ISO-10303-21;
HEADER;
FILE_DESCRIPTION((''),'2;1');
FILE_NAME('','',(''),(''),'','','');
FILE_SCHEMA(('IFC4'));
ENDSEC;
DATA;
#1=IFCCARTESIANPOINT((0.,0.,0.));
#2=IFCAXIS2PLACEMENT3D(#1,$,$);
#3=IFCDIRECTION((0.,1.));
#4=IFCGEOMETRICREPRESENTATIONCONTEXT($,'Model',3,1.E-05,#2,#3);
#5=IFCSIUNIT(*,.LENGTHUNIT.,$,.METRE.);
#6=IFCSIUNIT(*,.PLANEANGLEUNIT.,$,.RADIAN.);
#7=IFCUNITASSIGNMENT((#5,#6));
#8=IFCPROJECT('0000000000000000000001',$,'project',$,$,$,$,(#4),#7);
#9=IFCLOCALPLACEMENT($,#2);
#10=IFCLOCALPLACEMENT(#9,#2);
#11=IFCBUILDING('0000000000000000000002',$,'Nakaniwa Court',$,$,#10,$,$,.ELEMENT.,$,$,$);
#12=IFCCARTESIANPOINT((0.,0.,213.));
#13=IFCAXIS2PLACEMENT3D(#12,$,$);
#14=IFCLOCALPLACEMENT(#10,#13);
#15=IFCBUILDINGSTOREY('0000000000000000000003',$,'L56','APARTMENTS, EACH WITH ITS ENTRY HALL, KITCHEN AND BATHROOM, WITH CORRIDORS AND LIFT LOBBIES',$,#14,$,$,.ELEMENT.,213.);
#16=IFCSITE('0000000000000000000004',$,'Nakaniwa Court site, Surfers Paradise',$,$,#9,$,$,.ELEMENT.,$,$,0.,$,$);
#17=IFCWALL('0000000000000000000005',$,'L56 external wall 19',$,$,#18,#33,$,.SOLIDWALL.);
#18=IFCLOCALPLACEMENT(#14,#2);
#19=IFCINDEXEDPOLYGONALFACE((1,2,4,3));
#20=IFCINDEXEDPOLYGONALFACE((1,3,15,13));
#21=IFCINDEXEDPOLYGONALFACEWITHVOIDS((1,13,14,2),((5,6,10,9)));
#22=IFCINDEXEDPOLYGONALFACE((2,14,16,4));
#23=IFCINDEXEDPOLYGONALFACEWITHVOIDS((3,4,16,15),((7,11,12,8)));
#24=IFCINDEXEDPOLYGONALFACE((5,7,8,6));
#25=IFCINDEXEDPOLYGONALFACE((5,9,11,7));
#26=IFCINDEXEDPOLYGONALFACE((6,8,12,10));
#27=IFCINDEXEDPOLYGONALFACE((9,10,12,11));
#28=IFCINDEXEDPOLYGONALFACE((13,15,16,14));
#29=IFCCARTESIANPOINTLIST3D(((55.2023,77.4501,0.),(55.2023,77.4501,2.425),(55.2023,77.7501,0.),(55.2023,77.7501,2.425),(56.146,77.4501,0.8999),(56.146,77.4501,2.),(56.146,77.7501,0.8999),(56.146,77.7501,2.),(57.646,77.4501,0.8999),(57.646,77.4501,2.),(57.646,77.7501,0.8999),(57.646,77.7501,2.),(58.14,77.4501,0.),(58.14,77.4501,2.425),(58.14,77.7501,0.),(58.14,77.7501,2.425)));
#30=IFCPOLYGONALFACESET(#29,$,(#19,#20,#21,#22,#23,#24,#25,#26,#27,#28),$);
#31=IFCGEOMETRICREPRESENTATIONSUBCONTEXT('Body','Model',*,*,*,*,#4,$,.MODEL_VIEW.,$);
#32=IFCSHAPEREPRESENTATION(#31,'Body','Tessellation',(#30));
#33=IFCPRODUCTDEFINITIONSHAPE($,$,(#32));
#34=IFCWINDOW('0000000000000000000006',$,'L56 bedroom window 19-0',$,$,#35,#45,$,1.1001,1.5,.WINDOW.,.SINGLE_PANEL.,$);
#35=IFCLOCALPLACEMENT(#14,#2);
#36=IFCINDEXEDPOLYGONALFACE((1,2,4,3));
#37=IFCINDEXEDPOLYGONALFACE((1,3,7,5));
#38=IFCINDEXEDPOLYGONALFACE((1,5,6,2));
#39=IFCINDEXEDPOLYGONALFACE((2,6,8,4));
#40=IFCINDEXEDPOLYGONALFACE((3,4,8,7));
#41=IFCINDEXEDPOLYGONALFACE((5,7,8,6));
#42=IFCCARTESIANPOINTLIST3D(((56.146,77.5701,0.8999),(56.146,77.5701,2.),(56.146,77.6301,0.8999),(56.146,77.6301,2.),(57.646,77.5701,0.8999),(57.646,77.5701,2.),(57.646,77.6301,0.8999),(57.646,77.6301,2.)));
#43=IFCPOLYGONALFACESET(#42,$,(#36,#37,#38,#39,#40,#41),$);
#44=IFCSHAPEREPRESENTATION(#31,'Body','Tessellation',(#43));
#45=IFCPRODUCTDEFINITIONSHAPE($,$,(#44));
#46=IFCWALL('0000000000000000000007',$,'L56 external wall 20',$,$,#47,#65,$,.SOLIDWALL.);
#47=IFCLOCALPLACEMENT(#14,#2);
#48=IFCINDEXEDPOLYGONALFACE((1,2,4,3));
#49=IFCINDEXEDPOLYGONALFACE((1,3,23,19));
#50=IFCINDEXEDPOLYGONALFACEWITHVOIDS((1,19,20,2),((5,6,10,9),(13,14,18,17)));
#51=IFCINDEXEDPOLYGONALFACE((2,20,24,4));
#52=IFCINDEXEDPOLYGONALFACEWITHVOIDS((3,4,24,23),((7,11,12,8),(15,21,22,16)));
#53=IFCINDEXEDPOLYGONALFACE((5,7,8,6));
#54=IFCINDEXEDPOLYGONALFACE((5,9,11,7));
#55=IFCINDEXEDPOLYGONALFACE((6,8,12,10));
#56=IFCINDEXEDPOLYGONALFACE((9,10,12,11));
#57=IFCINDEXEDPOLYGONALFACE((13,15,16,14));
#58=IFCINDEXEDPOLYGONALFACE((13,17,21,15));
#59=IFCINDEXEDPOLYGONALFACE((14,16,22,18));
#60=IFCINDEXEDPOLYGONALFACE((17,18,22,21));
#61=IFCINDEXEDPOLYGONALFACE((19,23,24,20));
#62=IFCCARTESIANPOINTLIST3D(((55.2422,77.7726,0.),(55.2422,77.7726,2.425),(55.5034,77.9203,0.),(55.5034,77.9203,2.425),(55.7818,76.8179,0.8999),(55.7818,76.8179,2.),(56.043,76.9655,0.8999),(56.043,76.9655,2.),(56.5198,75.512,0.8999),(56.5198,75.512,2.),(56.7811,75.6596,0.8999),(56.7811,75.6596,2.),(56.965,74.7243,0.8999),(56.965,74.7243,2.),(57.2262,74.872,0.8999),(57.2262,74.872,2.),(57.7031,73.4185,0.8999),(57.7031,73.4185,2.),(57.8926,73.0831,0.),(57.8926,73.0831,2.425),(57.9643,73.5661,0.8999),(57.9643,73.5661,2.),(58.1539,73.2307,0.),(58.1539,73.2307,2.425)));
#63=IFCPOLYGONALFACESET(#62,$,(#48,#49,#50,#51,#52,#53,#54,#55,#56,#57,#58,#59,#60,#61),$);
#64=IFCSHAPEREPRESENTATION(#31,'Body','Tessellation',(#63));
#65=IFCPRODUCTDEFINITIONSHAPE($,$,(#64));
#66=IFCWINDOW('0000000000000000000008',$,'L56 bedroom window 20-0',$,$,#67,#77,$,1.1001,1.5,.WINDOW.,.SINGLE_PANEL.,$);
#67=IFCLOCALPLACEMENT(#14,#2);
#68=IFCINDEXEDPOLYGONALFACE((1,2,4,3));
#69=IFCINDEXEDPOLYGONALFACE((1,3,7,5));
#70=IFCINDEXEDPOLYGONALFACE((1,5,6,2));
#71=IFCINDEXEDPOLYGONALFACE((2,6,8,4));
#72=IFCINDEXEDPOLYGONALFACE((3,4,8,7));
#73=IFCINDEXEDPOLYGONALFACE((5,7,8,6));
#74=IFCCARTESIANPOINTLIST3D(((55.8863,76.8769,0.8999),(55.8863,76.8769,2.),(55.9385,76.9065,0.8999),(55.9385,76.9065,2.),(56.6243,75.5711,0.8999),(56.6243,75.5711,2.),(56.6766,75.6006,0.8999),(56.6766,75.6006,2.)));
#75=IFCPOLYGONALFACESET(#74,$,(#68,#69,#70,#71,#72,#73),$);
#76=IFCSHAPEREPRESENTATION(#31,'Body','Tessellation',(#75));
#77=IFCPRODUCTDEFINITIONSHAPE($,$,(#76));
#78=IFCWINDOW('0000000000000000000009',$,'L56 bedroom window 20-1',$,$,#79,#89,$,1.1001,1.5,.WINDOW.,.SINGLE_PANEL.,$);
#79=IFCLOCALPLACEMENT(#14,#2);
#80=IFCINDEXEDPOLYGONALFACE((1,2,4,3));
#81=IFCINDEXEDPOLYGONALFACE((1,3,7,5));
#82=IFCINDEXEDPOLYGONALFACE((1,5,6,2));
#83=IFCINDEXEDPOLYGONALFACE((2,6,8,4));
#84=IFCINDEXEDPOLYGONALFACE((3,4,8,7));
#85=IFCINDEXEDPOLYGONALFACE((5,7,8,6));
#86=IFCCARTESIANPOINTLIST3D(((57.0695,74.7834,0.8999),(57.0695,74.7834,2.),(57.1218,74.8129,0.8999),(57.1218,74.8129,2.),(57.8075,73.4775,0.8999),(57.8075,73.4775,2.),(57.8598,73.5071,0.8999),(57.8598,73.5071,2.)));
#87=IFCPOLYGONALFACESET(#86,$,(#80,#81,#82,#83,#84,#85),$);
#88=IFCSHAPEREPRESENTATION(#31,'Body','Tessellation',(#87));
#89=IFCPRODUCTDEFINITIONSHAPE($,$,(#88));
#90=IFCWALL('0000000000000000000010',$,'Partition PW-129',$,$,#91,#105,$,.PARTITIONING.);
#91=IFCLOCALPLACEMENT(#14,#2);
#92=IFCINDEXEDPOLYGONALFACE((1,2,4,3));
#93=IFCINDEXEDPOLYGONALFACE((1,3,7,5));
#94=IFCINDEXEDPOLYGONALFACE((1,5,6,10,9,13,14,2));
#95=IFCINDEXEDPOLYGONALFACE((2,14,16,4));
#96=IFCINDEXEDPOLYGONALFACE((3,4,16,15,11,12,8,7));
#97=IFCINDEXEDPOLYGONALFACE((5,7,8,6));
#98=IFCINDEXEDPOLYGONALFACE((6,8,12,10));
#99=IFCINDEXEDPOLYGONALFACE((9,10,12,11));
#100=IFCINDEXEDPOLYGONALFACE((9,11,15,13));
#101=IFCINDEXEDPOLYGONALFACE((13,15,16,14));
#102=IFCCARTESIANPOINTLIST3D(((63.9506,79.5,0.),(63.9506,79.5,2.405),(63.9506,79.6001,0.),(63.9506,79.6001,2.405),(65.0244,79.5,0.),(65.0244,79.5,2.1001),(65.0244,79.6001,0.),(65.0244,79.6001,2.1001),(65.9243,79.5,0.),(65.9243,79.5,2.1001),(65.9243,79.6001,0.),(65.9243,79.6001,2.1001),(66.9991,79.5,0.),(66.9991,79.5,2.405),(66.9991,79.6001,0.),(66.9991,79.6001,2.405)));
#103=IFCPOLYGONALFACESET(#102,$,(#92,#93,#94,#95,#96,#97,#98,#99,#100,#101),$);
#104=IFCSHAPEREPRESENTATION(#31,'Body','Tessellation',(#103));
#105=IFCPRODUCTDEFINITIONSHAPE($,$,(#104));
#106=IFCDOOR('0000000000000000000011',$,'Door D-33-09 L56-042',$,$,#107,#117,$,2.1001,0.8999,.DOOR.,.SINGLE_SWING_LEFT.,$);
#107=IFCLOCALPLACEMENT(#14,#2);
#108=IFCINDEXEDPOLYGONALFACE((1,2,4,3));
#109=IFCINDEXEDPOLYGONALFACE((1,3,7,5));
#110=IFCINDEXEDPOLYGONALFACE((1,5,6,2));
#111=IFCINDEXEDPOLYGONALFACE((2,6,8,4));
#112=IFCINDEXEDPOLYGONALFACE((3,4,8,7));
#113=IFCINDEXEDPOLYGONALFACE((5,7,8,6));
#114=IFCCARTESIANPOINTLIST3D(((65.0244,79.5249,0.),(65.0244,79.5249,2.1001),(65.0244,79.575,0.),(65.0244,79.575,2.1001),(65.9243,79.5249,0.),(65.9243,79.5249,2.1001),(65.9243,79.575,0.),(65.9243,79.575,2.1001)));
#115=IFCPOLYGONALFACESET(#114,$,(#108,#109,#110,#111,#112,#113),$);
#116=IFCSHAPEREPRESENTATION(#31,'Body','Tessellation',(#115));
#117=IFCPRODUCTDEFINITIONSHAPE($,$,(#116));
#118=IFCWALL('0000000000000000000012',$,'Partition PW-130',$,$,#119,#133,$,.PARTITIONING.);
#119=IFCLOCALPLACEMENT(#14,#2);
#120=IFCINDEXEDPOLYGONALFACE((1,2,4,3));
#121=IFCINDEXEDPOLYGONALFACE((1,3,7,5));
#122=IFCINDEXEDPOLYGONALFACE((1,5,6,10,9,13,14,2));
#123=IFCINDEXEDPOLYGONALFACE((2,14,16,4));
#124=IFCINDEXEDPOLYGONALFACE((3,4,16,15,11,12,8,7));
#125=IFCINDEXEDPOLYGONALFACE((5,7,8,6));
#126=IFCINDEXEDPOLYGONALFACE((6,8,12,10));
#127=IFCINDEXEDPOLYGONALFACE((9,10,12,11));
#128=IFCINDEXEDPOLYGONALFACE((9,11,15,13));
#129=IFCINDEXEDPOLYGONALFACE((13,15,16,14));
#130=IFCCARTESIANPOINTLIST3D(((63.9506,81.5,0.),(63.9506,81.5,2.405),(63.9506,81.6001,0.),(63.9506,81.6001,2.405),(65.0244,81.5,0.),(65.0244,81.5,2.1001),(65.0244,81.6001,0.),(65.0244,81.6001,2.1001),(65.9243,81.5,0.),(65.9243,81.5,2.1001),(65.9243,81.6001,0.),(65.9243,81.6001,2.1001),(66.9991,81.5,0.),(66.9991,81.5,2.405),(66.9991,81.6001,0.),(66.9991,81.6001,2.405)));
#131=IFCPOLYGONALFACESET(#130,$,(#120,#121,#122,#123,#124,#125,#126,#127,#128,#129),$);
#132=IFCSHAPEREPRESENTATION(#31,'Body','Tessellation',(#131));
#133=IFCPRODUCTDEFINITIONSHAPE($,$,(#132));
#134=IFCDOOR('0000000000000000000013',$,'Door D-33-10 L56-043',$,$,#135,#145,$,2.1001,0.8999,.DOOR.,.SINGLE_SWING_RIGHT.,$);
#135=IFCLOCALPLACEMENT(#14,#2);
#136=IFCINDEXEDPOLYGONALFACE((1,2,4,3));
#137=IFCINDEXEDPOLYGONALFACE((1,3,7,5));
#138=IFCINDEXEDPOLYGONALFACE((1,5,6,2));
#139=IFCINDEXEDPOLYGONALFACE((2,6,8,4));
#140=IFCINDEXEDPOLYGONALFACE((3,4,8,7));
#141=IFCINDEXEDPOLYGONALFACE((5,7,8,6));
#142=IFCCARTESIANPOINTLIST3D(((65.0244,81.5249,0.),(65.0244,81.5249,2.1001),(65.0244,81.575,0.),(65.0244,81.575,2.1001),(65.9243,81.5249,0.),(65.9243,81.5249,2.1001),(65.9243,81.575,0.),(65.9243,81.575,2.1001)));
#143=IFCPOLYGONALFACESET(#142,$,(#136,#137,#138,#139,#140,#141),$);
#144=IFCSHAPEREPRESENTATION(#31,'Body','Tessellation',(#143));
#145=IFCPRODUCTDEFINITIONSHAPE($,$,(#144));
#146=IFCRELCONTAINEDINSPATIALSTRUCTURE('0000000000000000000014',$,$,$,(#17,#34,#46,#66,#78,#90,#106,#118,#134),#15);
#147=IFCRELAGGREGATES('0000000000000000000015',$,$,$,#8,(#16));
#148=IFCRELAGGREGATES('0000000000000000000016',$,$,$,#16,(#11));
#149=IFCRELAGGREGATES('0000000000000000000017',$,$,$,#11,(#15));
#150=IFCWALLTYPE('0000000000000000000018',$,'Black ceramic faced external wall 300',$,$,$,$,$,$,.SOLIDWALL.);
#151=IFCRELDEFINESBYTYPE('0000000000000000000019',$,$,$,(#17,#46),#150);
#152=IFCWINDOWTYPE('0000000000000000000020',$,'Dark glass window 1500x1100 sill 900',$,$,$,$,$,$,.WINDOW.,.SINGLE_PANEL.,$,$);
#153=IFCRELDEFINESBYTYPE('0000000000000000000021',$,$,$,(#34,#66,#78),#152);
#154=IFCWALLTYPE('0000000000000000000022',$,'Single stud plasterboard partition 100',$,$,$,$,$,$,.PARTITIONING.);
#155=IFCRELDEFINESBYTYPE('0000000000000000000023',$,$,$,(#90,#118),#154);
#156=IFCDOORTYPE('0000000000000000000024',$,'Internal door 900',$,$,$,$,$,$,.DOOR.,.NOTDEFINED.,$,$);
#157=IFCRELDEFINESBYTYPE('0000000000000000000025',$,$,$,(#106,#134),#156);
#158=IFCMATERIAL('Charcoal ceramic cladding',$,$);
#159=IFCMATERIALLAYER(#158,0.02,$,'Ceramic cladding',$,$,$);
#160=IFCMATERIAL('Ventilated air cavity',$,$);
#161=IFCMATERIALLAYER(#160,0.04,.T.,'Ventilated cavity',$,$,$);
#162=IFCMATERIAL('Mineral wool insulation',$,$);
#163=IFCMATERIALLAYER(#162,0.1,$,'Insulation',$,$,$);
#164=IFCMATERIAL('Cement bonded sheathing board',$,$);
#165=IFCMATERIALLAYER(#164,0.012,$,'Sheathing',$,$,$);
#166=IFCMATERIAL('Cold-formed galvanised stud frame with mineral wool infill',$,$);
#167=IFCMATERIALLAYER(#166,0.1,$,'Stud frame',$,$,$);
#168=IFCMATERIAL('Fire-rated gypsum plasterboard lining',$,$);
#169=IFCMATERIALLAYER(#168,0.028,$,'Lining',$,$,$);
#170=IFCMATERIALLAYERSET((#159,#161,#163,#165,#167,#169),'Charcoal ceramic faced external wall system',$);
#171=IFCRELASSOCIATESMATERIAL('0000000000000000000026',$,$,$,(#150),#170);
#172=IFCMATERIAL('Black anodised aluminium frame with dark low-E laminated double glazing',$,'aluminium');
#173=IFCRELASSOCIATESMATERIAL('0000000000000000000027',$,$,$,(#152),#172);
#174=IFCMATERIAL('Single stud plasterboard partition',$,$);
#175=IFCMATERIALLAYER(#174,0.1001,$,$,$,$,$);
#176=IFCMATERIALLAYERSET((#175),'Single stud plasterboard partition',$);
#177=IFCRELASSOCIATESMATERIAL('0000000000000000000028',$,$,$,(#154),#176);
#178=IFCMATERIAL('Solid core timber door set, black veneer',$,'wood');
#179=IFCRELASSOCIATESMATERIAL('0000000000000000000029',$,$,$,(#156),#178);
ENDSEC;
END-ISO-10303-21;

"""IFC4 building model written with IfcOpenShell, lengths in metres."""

from ifc_helpers import new_model, si_unit, direction, frame, frame_2d, origin, place, context, subcontext, project, spatial, rectangle, extrude, material, layer, layer_set, type_object, element, fill, save


model = new_model("IFC4")

# Units and contexts
model_context = context("Model", 3, precision=1e-05, world=origin(), true_north=direction((0.0, 1.0)))
body_context = subcontext(model_context, "Body", "Model", "MODEL_VIEW")
ifc_project = project(units=[si_unit("LENGTHUNIT", "METRE"), si_unit("PLANEANGLEUNIT", "RADIAN")], contexts=[model_context])

# Site, building, storey
site_placement = place(None, origin())
site = spatial("IfcSite", under=ifc_project, at=site_placement, Name="Nakaniwa Court site, Surfers Paradise", CompositionType="ELEMENT", RefElevation=0.0)
building_placement = place(site_placement, origin())
building = spatial("IfcBuilding", under=site, at=building_placement, Name="Nakaniwa Court", CompositionType="ELEMENT")
storey_placement = place(building_placement, frame((0.0, 0.0, 213.0)))
storey = spatial("IfcBuildingStorey", under=building, at=storey_placement, Name="L56", Description="APARTMENTS, EACH WITH ITS ENTRY HALL, KITCHEN AND BATHROOM, WITH CORRIDORS AND LIFT LOBBIES", CompositionType="ELEMENT", Elevation=213.0)

# Wall, opening, window
ifc_material_1 = material(Name="Charcoal ceramic cladding")
ifc_layer_1 = layer(ifc_material_1, 0.02, Name="Ceramic cladding")
ifc_material_2 = material(Name="Ventilated air cavity")
ifc_layer_2 = layer(ifc_material_2, 0.04, ventilated=True, Name="Ventilated cavity")
ifc_material_3 = material(Name="Mineral wool insulation")
ifc_layer_3 = layer(ifc_material_3, 0.1, Name="Insulation")
ifc_material_4 = material(Name="Cement bonded sheathing board")
ifc_layer_4 = layer(ifc_material_4, 0.012, Name="Sheathing")
ifc_material_5 = material(Name="Cold-formed galvanised stud frame with mineral wool infill")
ifc_layer_5 = layer(ifc_material_5, 0.1, Name="Stud frame")
ifc_material_6 = material(Name="Fire-rated gypsum plasterboard lining")
ifc_layer_6 = layer(ifc_material_6, 0.028, Name="Lining")
ifc_layer_set_1 = layer_set([ifc_layer_1, ifc_layer_2, ifc_layer_3, ifc_layer_4, ifc_layer_5, ifc_layer_6], Name="Charcoal ceramic faced external wall system")
wall_type_1 = type_object("IfcWallType", Name="Black ceramic faced external wall 300", PredefinedType="SOLIDWALL", material=ifc_layer_set_1)
ifc_material_7 = material(Name="Black anodised aluminium frame with dark low-E laminated double glazing", Category="aluminium")
window_type_1 = type_object("IfcWindowType", Name="Dark glass window 1500x1100 sill 900", PartitioningType="SINGLE_PANEL", PredefinedType="WINDOW", material=ifc_material_7)
wall_1_placement = place(storey_placement, frame((58.1399, 77.6001, 0.0), z_axis=(0.0, 0.0, 1.0), x_axis=(-1.0, 0.0, 0.0)))
wall_1 = element("IfcWall", 1, at=wall_1_placement, inside=storey, type_object=wall_type_1, Name="L56 external wall 19", PredefinedType="SOLIDWALL", context=body_context, shape_type="SweptSolid", body=[
    extrude(rectangle(XDim=2.9377, YDim=0.3, at=frame_2d((1.4688, 0.0))), origin(), (0.0, 0.0, 1.0), 2.425),
])
opening_1_placement = place(wall_1_placement, frame((0.4939, 0.0, 0.8999)))
opening_1 = element("IfcOpeningElement", 2, at=opening_1_placement, cuts=wall_1, PredefinedType="OPENING", context=body_context, shape_type="SweptSolid", body=[
    extrude(rectangle(XDim=1.5, YDim=1.1001, at=frame_2d((0.75, 0.55))), frame((0.0, 0.1599, 0.0), z_axis=(0.0, -1.0, 0.0), x_axis=(1.0, 0.0, 0.0)), (0.0, 0.0, 1.0), 0.3201),
])
window_1_placement = place(opening_1_placement, origin())
window_1 = element("IfcWindow", 3, at=window_1_placement, inside=storey, type_object=window_type_1, Name="L56 bedroom window 19-0", OverallHeight=1.1001, OverallWidth=1.5, PartitioningType="SINGLE_PANEL", PredefinedType="WINDOW", context=body_context, shape_type="SweptSolid", body=[
    extrude(rectangle(XDim=1.5, YDim=1.1001, at=frame_2d((0.75, 0.55))), frame((0.0, 0.03, 0.0), z_axis=(0.0, -1.0, 0.0), x_axis=(1.0, 0.0, 0.0)), (0.0, 0.0, 1.0), 0.0601),
])
fill(opening_1, window_1)

# Wall, openings, windows
wall_2_placement = place(storey_placement, frame((55.3728, 77.8464, 0.0), z_axis=(0.0, 0.0, 1.0), x_axis=(0.492033, -0.870576, 0.0)))
wall_2 = element("IfcWall", 4, at=wall_2_placement, inside=storey, type_object=wall_type_1, Name="L56 external wall 20", PredefinedType="SOLIDWALL", context=body_context, shape_type="SweptSolid", body=[
    extrude(rectangle(XDim=5.3867, YDim=0.3, at=frame_2d((2.6934, 0.0))), origin(), (0.0, 0.0, 1.0), 2.425),
])
opening_2_placement = place(wall_2_placement, frame((1.0967, 0.0, 0.8999)))
opening_2 = element("IfcOpeningElement", 5, at=opening_2_placement, cuts=wall_2, PredefinedType="OPENING", context=body_context, shape_type="SweptSolid", body=[
    extrude(rectangle(XDim=1.5, YDim=1.1001, at=frame_2d((0.75, 0.55))), frame((0.0, 0.1599, 0.0), z_axis=(0.0, -1.0, 0.0), x_axis=(1.0, 0.0, 0.0)), (0.0, 0.0, 1.0), 0.3201),
])
opening_3_placement = place(wall_2_placement, frame((3.5015, 0.0, 0.8999)))
opening_3 = element("IfcOpeningElement", 6, at=opening_3_placement, cuts=wall_2, PredefinedType="OPENING", context=body_context, shape_type="SweptSolid", body=[
    extrude(rectangle(XDim=1.5, YDim=1.1001, at=frame_2d((0.75, 0.55))), frame((0.0, 0.1599, 0.0), z_axis=(0.0, -1.0, 0.0), x_axis=(1.0, 0.0, 0.0)), (0.0, 0.0, 1.0), 0.3201),
])
window_2_placement = place(opening_2_placement, origin())
window_2 = element("IfcWindow", 7, at=window_2_placement, inside=storey, type_object=window_type_1, Name="L56 bedroom window 20-0", OverallHeight=1.1001, OverallWidth=1.5, PartitioningType="SINGLE_PANEL", PredefinedType="WINDOW", context=body_context, shape_type="SweptSolid", body=[
    extrude(rectangle(XDim=1.5, YDim=1.1001, at=frame_2d((0.75, 0.55))), frame((0.0, 0.03, 0.0), z_axis=(0.0, -1.0, 0.0), x_axis=(1.0, 0.0, 0.0)), (0.0, 0.0, 1.0), 0.0601),
])
fill(opening_2, window_2)
window_3_placement = place(opening_3_placement, origin())
window_3 = element("IfcWindow", 8, at=window_3_placement, inside=storey, type_object=window_type_1, Name="L56 bedroom window 20-1", OverallHeight=1.1001, OverallWidth=1.5, PartitioningType="SINGLE_PANEL", PredefinedType="WINDOW", context=body_context, shape_type="SweptSolid", body=[
    extrude(rectangle(XDim=1.5, YDim=1.1001, at=frame_2d((0.75, 0.55))), frame((0.0, 0.03, 0.0), z_axis=(0.0, -1.0, 0.0), x_axis=(1.0, 0.0, 0.0)), (0.0, 0.0, 1.0), 0.0601),
])
fill(opening_3, window_3)

# Walls, openings, doors
ifc_material_8 = material(Name="Single stud plasterboard partition")
ifc_layer_7 = layer(ifc_material_8, 0.1001)
ifc_layer_set_2 = layer_set([ifc_layer_7], Name="Single stud plasterboard partition")
wall_type_2 = type_object("IfcWallType", Name="Single stud plasterboard partition 100", PredefinedType="PARTITIONING", material=ifc_layer_set_2)
wall_3_placement = place(storey_placement, frame((63.9504, 79.55, 0.0), z_axis=(0.0, 0.0, 1.0), x_axis=(1.0, 0.0, 0.0)))
wall_3 = element("IfcWall", 9, at=wall_3_placement, inside=storey, type_object=wall_type_2, Name="Partition PW-129", PredefinedType="PARTITIONING", context=body_context, shape_type="SweptSolid", body=[
    extrude(rectangle(XDim=3.0486, YDim=0.1001, at=frame_2d((1.5244, 0.0))), origin(), (0.0, 0.0, 1.0), 2.405),
])
opening_4_placement = place(wall_3_placement, frame((1.074, 0.0, 0.0)))
opening_4 = element("IfcOpeningElement", 10, at=opening_4_placement, cuts=wall_3, PredefinedType="OPENING", context=body_context, shape_type="SweptSolid", body=[
    extrude(rectangle(XDim=0.8999, YDim=2.1001, at=frame_2d((0.45, 1.05))), frame((0.0, 0.0601, 0.0), z_axis=(0.0, -1.0, 0.0), x_axis=(1.0, 0.0, 0.0)), (0.0, 0.0, 1.0), 0.1201),
])
ifc_material_9 = material(Name="Solid core timber door set, black veneer", Category="wood")
door_type = type_object("IfcDoorType", Name="Internal door 900", OperationType="NOTDEFINED", PredefinedType="DOOR", material=ifc_material_9)
door_1_placement = place(opening_4_placement, origin())
door_1 = element("IfcDoor", 11, at=door_1_placement, inside=storey, type_object=door_type, Name="Door D-33-09 L56-042", OperationType="SINGLE_SWING_LEFT", OverallHeight=2.1001, OverallWidth=0.8999, PredefinedType="DOOR", context=body_context, shape_type="SweptSolid", body=[
    extrude(rectangle(XDim=0.8999, YDim=2.1001, at=frame_2d((0.45, 1.05))), frame((0.0, 0.0249, 0.0), z_axis=(0.0, -1.0, 0.0), x_axis=(1.0, 0.0, 0.0)), (0.0, 0.0, 1.0), 0.05),
])
fill(opening_4, door_1)
wall_4_placement = place(storey_placement, frame((63.9504, 81.55, 0.0), z_axis=(0.0, 0.0, 1.0), x_axis=(1.0, 0.0, 0.0)))
wall_4 = element("IfcWall", 12, at=wall_4_placement, inside=storey, type_object=wall_type_2, Name="Partition PW-130", PredefinedType="PARTITIONING", context=body_context, shape_type="SweptSolid", body=[
    extrude(rectangle(XDim=3.0486, YDim=0.1001, at=frame_2d((1.5244, 0.0))), origin(), (0.0, 0.0, 1.0), 2.405),
])
opening_5_placement = place(wall_4_placement, frame((1.074, 0.0, 0.0)))
opening_5 = element("IfcOpeningElement", 13, at=opening_5_placement, cuts=wall_4, PredefinedType="OPENING", context=body_context, shape_type="SweptSolid", body=[
    extrude(rectangle(XDim=0.8999, YDim=2.1001, at=frame_2d((0.45, 1.05))), frame((0.0, 0.0601, 0.0), z_axis=(0.0, -1.0, 0.0), x_axis=(1.0, 0.0, 0.0)), (0.0, 0.0, 1.0), 0.1201),
])
door_2_placement = place(opening_5_placement, origin())
door_2 = element("IfcDoor", 14, at=door_2_placement, inside=storey, type_object=door_type, Name="Door D-33-10 L56-043", OperationType="SINGLE_SWING_RIGHT", OverallHeight=2.1001, OverallWidth=0.8999, PredefinedType="DOOR", context=body_context, shape_type="SweptSolid", body=[
    extrude(rectangle(XDim=0.8999, YDim=2.1001, at=frame_2d((0.45, 1.05))), frame((0.0, 0.0249, 0.0), z_axis=(0.0, -1.0, 0.0), x_axis=(1.0, 0.0, 0.0)), (0.0, 0.0, 1.0), 0.05),
])
fill(opening_5, door_2)

save(model, "model.ifc")
